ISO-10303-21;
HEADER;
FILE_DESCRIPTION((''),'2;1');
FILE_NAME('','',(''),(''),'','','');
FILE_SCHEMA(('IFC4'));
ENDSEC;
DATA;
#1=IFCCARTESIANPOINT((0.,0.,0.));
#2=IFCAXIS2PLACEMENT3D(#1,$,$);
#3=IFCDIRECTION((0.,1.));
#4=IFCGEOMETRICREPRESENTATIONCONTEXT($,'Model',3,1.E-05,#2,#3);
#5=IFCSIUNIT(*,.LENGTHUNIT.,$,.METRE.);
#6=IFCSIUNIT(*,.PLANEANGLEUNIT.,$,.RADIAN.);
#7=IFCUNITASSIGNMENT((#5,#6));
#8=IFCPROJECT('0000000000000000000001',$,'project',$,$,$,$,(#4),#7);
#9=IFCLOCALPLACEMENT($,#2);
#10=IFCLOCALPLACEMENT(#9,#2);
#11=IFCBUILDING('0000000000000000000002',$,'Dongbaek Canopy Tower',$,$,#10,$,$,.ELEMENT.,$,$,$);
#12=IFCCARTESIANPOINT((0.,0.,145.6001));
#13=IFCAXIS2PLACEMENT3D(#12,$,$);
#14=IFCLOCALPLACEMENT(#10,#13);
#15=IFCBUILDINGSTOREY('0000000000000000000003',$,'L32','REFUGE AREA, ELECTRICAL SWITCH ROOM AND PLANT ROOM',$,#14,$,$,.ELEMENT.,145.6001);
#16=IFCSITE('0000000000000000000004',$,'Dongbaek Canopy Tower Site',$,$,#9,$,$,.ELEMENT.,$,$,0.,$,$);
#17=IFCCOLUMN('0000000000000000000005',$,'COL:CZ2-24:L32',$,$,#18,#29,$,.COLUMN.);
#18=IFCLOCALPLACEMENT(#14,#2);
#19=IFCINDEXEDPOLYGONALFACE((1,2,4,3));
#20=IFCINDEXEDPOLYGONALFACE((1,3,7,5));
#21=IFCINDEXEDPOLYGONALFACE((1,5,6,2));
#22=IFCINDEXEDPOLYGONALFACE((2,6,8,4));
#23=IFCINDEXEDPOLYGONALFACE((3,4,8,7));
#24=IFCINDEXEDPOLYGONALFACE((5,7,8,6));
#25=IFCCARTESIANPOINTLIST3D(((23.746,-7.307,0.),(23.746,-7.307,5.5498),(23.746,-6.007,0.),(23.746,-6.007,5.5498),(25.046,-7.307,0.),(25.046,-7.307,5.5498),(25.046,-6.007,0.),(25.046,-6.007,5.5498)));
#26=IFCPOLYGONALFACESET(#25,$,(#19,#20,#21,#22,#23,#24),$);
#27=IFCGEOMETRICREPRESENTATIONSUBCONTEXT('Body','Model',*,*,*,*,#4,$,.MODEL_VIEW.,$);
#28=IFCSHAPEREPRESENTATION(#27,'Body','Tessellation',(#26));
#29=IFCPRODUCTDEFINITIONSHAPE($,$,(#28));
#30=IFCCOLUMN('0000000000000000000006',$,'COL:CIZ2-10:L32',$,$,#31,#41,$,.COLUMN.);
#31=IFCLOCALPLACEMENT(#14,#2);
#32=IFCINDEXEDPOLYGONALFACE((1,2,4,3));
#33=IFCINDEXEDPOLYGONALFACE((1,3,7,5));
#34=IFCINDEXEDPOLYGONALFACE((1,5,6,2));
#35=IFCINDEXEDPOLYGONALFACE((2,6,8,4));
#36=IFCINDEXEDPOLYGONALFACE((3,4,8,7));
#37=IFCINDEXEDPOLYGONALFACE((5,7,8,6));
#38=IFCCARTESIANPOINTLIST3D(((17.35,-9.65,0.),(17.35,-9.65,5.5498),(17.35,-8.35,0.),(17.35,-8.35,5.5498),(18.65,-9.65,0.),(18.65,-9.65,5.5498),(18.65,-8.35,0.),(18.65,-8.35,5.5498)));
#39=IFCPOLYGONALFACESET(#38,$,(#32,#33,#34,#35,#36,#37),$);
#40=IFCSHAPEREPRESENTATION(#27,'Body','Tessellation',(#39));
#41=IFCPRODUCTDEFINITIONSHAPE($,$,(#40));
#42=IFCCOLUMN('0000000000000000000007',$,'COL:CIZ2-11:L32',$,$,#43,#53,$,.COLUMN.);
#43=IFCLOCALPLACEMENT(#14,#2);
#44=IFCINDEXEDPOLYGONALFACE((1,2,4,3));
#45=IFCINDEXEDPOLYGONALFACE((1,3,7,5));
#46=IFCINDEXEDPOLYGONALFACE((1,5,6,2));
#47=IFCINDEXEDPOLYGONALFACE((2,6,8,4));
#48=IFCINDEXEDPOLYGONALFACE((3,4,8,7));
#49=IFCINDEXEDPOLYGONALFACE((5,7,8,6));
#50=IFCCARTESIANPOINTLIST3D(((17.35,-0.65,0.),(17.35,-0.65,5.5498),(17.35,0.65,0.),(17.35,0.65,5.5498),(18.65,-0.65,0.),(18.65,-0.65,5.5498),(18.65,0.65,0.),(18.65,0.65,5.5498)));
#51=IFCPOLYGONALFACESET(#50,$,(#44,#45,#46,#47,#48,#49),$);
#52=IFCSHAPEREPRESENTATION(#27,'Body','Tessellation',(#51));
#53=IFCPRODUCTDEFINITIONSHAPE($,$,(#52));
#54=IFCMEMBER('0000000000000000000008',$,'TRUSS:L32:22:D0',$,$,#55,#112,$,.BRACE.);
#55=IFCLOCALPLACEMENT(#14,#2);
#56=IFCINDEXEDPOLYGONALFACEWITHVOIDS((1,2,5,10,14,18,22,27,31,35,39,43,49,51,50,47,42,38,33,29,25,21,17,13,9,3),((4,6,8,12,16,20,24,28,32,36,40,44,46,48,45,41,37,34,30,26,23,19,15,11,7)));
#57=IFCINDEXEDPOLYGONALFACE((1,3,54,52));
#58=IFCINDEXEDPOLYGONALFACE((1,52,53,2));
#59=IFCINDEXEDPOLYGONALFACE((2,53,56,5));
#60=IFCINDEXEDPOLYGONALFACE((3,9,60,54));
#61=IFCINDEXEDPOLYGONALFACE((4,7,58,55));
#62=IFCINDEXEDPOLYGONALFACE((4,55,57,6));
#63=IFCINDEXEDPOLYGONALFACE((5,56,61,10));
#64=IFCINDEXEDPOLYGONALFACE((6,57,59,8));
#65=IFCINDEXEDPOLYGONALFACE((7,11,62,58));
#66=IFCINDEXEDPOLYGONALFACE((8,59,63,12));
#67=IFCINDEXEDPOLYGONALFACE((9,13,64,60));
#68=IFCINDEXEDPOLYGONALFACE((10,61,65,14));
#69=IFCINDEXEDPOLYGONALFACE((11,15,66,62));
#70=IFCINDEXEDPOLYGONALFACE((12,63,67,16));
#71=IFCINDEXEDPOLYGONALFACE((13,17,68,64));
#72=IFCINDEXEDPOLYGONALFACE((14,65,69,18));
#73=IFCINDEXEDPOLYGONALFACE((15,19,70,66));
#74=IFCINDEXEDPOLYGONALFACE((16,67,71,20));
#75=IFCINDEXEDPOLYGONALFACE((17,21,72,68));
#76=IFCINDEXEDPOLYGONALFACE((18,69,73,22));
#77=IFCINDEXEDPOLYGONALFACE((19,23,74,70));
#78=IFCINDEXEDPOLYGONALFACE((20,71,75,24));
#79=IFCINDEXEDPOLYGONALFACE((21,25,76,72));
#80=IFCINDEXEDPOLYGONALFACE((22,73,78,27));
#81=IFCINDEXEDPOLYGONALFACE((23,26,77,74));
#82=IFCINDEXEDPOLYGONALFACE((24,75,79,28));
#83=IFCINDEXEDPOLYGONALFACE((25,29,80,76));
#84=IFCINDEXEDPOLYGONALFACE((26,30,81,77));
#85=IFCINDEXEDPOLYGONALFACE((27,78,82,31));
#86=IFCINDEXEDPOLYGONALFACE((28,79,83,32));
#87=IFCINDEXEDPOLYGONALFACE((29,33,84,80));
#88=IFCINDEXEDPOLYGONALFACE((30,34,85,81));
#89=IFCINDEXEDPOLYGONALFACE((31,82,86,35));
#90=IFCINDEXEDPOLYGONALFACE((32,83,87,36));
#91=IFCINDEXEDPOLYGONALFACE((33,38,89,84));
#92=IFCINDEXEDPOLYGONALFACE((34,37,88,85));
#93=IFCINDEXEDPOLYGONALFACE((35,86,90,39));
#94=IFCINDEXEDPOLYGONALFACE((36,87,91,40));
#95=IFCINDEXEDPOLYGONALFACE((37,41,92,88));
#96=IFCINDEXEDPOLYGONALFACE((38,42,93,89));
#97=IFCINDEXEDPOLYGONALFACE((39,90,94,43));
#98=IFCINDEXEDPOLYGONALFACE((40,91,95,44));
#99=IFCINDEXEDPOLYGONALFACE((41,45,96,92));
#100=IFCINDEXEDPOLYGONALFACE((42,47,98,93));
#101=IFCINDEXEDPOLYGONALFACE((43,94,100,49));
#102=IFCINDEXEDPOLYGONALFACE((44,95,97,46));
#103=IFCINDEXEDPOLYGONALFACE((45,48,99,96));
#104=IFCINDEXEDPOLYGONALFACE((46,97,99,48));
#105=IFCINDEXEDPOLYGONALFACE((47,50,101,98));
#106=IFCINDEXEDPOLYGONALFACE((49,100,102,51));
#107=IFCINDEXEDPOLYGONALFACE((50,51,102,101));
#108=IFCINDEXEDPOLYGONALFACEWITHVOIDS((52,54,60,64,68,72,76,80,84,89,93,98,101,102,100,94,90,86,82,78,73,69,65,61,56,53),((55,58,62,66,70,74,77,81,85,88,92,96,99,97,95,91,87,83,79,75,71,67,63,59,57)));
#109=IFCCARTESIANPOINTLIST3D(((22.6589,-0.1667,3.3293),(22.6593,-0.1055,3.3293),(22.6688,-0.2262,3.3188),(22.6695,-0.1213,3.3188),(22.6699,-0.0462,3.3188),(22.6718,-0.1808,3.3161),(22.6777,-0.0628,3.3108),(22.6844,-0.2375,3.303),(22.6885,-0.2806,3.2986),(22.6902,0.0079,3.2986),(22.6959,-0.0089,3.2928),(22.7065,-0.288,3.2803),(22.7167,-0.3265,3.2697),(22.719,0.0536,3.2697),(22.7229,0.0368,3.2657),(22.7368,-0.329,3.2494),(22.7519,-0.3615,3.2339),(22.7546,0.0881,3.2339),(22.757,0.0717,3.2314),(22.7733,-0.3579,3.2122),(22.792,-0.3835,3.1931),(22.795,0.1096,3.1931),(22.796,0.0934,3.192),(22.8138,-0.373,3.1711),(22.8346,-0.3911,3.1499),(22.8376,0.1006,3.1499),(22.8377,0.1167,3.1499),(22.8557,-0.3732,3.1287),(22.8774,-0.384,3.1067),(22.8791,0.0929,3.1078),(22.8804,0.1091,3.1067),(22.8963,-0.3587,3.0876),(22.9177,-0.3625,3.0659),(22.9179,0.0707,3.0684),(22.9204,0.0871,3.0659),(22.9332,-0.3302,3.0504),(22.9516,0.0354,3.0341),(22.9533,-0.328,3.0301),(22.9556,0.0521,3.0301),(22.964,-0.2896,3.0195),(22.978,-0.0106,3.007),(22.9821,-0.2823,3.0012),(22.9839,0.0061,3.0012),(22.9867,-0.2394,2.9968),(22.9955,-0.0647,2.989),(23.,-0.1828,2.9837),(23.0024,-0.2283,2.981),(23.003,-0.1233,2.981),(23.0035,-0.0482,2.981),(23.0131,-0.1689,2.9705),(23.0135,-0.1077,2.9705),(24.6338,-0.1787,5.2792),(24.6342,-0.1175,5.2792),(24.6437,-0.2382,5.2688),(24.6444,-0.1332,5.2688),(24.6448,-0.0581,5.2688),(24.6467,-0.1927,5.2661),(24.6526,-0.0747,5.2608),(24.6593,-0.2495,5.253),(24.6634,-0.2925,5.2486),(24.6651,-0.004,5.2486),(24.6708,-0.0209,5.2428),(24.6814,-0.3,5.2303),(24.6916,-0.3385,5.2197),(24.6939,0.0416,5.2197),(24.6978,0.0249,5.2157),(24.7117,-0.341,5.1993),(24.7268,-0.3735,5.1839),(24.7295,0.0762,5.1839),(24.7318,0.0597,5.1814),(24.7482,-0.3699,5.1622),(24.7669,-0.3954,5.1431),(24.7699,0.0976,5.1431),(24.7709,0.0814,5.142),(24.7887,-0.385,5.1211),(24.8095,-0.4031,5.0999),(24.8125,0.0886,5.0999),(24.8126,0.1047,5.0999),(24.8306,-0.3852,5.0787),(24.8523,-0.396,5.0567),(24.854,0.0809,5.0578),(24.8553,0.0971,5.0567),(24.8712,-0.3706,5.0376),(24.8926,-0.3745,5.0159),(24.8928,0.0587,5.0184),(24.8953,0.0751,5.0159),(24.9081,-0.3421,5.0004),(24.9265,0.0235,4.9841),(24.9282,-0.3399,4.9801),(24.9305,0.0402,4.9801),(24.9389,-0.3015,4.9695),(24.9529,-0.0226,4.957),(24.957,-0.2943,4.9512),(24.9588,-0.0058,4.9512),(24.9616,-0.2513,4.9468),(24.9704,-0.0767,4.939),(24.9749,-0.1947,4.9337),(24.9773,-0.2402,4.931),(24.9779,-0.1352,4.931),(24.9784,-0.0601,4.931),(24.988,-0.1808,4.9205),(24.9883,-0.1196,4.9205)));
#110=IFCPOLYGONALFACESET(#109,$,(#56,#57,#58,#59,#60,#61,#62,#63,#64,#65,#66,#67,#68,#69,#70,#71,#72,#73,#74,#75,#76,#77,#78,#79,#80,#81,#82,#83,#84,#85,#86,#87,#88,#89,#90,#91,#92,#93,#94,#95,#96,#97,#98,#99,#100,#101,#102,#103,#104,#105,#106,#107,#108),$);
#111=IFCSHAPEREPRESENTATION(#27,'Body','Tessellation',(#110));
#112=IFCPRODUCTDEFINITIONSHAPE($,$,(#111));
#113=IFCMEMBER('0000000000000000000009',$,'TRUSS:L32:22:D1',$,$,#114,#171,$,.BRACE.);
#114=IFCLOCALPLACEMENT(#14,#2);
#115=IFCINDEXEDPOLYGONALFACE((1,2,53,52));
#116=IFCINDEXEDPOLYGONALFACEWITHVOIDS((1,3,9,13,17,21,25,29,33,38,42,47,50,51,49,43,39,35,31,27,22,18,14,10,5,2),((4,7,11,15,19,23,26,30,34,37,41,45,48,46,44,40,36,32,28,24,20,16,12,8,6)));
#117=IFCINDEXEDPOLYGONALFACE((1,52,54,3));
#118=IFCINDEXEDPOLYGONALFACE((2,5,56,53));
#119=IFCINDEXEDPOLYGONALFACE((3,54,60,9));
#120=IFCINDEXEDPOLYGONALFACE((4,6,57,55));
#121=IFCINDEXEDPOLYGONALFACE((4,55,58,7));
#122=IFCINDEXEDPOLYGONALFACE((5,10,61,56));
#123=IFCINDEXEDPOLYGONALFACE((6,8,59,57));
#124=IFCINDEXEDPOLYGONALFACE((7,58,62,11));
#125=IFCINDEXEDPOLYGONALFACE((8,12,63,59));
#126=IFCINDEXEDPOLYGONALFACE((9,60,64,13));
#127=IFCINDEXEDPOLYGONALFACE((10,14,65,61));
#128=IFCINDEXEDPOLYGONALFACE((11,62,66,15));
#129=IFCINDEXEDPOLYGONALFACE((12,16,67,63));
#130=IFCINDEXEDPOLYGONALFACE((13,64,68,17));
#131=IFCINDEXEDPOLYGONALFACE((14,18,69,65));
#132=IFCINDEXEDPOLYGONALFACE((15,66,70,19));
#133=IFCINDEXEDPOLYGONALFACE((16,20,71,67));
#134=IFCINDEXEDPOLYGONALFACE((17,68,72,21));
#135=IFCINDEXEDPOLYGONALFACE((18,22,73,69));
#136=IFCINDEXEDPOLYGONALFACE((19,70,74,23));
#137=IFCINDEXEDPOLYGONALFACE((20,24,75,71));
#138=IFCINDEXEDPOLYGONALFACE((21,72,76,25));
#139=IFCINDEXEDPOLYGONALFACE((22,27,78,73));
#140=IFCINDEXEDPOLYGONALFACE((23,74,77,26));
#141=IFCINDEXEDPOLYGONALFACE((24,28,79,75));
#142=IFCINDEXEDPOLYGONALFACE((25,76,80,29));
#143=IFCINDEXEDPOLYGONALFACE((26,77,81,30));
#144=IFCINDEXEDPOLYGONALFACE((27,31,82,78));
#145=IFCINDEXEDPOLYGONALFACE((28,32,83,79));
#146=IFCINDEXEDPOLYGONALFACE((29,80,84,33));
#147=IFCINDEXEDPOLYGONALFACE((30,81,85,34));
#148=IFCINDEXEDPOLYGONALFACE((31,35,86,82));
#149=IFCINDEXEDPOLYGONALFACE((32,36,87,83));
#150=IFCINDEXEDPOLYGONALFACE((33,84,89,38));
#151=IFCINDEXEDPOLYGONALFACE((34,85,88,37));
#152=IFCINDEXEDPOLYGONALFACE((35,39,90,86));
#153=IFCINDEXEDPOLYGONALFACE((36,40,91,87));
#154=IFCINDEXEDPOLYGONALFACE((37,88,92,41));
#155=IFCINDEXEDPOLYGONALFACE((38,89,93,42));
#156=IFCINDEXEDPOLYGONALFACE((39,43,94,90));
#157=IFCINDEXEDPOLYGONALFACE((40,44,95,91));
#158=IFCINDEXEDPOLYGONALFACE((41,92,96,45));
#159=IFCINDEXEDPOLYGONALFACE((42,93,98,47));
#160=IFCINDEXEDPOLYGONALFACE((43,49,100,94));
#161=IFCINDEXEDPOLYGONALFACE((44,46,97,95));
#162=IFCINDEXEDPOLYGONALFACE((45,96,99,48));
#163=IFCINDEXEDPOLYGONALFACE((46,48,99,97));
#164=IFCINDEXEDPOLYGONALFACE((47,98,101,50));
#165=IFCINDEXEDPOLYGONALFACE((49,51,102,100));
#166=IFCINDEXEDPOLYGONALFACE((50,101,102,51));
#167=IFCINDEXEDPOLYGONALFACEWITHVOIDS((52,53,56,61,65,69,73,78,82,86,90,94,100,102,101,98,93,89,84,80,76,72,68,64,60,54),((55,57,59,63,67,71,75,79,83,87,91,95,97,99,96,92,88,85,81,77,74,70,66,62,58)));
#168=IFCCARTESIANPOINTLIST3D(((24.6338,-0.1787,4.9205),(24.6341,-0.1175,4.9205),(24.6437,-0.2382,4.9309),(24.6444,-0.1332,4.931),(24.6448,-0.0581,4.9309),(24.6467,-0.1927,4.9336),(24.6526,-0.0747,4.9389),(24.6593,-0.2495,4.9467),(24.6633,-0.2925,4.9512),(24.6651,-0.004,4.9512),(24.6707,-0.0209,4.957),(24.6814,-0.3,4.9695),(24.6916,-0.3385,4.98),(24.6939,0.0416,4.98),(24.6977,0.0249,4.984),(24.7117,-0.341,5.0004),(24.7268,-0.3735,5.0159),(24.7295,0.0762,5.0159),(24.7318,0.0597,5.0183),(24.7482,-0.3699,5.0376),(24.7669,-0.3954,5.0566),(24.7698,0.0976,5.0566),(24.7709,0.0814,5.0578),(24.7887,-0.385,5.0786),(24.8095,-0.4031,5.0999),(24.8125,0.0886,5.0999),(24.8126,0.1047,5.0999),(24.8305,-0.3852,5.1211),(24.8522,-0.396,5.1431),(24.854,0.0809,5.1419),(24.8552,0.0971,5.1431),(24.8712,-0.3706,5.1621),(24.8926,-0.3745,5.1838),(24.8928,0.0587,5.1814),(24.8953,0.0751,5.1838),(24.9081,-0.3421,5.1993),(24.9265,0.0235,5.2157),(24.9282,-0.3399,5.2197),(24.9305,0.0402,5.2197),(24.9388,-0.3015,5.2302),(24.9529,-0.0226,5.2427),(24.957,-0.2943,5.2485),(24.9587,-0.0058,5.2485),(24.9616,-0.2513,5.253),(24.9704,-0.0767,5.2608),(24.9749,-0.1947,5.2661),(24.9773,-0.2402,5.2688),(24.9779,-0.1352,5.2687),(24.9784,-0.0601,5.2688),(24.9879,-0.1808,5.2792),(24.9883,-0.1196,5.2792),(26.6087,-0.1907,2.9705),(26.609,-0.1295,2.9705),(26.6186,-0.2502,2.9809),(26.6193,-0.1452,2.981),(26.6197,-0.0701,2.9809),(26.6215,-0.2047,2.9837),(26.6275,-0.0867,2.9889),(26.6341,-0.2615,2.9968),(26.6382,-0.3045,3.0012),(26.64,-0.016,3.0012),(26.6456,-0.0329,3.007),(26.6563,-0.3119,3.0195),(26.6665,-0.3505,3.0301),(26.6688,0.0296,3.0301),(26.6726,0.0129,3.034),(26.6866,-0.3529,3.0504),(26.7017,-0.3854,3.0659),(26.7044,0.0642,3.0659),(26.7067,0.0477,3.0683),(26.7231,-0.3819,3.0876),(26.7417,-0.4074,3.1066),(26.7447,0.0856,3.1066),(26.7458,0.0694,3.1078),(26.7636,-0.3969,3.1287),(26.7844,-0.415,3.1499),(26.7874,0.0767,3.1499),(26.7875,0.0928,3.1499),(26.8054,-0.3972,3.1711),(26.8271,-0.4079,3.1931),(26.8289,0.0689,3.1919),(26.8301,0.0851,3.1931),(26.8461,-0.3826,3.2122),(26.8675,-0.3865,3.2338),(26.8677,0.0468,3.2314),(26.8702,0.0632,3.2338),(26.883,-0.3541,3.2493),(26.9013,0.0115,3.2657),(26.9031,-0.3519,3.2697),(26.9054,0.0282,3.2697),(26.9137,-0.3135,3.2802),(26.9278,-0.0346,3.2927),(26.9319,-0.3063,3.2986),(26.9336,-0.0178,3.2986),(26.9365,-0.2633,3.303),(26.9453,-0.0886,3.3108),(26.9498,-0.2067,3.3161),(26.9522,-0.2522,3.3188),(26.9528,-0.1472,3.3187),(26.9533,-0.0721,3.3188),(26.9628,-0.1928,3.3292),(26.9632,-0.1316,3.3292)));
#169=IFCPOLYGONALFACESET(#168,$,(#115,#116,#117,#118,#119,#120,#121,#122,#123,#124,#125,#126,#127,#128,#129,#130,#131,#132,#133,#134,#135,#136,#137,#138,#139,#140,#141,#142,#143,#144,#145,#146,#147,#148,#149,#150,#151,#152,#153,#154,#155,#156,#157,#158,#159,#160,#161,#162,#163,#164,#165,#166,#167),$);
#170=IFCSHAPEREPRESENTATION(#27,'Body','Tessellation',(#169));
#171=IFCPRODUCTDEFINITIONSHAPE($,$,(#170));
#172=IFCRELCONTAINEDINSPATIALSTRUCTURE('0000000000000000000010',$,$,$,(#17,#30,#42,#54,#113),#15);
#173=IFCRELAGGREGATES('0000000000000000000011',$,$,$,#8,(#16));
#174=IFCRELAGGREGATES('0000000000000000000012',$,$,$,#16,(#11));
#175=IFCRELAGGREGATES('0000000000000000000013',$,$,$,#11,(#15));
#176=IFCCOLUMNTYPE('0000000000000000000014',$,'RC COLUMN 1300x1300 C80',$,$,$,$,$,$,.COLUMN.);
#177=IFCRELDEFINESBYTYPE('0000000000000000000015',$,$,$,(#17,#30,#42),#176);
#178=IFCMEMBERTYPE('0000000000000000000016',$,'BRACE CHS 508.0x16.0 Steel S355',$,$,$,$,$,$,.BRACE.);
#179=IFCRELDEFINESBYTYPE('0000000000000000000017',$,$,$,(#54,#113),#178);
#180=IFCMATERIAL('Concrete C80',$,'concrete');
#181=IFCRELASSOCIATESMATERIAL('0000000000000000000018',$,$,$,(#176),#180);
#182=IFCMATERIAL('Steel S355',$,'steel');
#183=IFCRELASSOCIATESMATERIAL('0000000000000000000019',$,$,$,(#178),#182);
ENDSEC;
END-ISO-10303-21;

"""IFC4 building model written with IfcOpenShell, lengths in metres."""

from ifc_helpers import new_model, si_unit, direction, frame, origin, origin_2d, place, context, subcontext, project, spatial, rectangle, hollow_circle, extrude, material, material_profile, profile_set, type_object, element, save


model = new_model("IFC4")

# Units and contexts
model_context = context("Model", 3, precision=1e-05, world=origin(), true_north=direction((0.0, 1.0)))
body_context = subcontext(model_context, "Body", "Model", "MODEL_VIEW")
ifc_project = project(units=[si_unit("LENGTHUNIT", "METRE"), si_unit("PLANEANGLEUNIT", "RADIAN")], contexts=[model_context])

# Site, building, storey
site_placement = place(None, origin())
site = spatial("IfcSite", under=ifc_project, at=site_placement, Name="Dongbaek Canopy Tower Site", CompositionType="ELEMENT", RefElevation=0.0)
building_placement = place(site_placement, origin())
building = spatial("IfcBuilding", under=site, at=building_placement, Name="Dongbaek Canopy Tower", CompositionType="ELEMENT")
storey_placement = place(building_placement, frame((0.0, 0.0, 145.6001)))
storey = spatial("IfcBuildingStorey", under=building, at=storey_placement, Name="L32", Description="REFUGE AREA, ELECTRICAL SWITCH ROOM AND PLANT ROOM", CompositionType="ELEMENT", Elevation=145.6001)

# Columns
ifc_material_1 = material(Name="Concrete C80", Category="concrete")
ifc_material_profile_1 = material_profile(ifc_material_1, rectangle(XDim=1.3, YDim=1.3, at=origin_2d()), Name="RC COLUMN 1300x1300 C80")
ifc_profile_set_1 = profile_set([ifc_material_profile_1], Name="Concrete C80")
column_type = type_object("IfcColumnType", Name="RC COLUMN 1300x1300 C80", PredefinedType="COLUMN", material=ifc_profile_set_1)
for number, where, z_axis, x_axis, name in (
    (1, (24.396, -6.657, 0.0), (0.0, 0.0, 1.0), (1.0, 0.0, 0.0), "COL:CZ2-24:L32"),
    (2, (18.0, -9.0, 0.0), (0.0, 0.0, 1.0), (1.0, 0.0, 0.0), "COL:CIZ2-10:L32"),
    (3, (18.0, 0.0, 0.0), (0.0, 0.0, 1.0), (1.0, 0.0, 0.0), "COL:CIZ2-11:L32"),
):
    element("IfcColumn", number, at=place(storey_placement, frame(where, z_axis=z_axis, x_axis=x_axis)), inside=storey, type_object=column_type, Name=name, PredefinedType="COLUMN", context=body_context, shape_type="SweptSolid", body=[
        extrude(rectangle(XDim=1.3, YDim=1.3, at=origin_2d()), origin(), (0.0, 0.0, 1.0), 5.5498),
    ])

# Members
ifc_material_2 = material(Name="Steel S355", Category="steel")
ifc_material_profile_2 = material_profile(ifc_material_2, hollow_circle(Radius=0.2539, WallThickness=0.0161, at=origin_2d()), Name="BRACE CHS 508.0x16.0 Steel S355")
ifc_profile_set_2 = profile_set([ifc_material_profile_2], Name="Steel S355")
member_type_1 = type_object("IfcMemberType", Name="BRACE CHS 508.0x16.0 Steel S355", PredefinedType="BRACE", material=ifc_profile_set_2)
for number, where, z_axis, x_axis, name in (
    (4, (22.8362, -0.1372, 3.1499), (0.711572, -0.00431, 0.7026), (0.006057, 0.999982, 0.0), "TRUSS:L32:22:D0"),
    (5, (24.811, -0.1492, 5.0999), (0.711572, -0.00431, -0.7026), (0.006057, 0.999982, 0.0), "TRUSS:L32:22:D1"),
):
    element("IfcMember", number, at=place(storey_placement, frame(where, z_axis=z_axis, x_axis=x_axis)), inside=storey, type_object=member_type_1, Name=name, PredefinedType="BRACE", context=body_context, shape_type="SweptSolid", body=[
        extrude(hollow_circle(Radius=0.2539, WallThickness=0.0161, at=origin_2d()), origin(), (0.0, 0.0, 1.0), 2.7754),
    ])

save(model, "model.ifc")
